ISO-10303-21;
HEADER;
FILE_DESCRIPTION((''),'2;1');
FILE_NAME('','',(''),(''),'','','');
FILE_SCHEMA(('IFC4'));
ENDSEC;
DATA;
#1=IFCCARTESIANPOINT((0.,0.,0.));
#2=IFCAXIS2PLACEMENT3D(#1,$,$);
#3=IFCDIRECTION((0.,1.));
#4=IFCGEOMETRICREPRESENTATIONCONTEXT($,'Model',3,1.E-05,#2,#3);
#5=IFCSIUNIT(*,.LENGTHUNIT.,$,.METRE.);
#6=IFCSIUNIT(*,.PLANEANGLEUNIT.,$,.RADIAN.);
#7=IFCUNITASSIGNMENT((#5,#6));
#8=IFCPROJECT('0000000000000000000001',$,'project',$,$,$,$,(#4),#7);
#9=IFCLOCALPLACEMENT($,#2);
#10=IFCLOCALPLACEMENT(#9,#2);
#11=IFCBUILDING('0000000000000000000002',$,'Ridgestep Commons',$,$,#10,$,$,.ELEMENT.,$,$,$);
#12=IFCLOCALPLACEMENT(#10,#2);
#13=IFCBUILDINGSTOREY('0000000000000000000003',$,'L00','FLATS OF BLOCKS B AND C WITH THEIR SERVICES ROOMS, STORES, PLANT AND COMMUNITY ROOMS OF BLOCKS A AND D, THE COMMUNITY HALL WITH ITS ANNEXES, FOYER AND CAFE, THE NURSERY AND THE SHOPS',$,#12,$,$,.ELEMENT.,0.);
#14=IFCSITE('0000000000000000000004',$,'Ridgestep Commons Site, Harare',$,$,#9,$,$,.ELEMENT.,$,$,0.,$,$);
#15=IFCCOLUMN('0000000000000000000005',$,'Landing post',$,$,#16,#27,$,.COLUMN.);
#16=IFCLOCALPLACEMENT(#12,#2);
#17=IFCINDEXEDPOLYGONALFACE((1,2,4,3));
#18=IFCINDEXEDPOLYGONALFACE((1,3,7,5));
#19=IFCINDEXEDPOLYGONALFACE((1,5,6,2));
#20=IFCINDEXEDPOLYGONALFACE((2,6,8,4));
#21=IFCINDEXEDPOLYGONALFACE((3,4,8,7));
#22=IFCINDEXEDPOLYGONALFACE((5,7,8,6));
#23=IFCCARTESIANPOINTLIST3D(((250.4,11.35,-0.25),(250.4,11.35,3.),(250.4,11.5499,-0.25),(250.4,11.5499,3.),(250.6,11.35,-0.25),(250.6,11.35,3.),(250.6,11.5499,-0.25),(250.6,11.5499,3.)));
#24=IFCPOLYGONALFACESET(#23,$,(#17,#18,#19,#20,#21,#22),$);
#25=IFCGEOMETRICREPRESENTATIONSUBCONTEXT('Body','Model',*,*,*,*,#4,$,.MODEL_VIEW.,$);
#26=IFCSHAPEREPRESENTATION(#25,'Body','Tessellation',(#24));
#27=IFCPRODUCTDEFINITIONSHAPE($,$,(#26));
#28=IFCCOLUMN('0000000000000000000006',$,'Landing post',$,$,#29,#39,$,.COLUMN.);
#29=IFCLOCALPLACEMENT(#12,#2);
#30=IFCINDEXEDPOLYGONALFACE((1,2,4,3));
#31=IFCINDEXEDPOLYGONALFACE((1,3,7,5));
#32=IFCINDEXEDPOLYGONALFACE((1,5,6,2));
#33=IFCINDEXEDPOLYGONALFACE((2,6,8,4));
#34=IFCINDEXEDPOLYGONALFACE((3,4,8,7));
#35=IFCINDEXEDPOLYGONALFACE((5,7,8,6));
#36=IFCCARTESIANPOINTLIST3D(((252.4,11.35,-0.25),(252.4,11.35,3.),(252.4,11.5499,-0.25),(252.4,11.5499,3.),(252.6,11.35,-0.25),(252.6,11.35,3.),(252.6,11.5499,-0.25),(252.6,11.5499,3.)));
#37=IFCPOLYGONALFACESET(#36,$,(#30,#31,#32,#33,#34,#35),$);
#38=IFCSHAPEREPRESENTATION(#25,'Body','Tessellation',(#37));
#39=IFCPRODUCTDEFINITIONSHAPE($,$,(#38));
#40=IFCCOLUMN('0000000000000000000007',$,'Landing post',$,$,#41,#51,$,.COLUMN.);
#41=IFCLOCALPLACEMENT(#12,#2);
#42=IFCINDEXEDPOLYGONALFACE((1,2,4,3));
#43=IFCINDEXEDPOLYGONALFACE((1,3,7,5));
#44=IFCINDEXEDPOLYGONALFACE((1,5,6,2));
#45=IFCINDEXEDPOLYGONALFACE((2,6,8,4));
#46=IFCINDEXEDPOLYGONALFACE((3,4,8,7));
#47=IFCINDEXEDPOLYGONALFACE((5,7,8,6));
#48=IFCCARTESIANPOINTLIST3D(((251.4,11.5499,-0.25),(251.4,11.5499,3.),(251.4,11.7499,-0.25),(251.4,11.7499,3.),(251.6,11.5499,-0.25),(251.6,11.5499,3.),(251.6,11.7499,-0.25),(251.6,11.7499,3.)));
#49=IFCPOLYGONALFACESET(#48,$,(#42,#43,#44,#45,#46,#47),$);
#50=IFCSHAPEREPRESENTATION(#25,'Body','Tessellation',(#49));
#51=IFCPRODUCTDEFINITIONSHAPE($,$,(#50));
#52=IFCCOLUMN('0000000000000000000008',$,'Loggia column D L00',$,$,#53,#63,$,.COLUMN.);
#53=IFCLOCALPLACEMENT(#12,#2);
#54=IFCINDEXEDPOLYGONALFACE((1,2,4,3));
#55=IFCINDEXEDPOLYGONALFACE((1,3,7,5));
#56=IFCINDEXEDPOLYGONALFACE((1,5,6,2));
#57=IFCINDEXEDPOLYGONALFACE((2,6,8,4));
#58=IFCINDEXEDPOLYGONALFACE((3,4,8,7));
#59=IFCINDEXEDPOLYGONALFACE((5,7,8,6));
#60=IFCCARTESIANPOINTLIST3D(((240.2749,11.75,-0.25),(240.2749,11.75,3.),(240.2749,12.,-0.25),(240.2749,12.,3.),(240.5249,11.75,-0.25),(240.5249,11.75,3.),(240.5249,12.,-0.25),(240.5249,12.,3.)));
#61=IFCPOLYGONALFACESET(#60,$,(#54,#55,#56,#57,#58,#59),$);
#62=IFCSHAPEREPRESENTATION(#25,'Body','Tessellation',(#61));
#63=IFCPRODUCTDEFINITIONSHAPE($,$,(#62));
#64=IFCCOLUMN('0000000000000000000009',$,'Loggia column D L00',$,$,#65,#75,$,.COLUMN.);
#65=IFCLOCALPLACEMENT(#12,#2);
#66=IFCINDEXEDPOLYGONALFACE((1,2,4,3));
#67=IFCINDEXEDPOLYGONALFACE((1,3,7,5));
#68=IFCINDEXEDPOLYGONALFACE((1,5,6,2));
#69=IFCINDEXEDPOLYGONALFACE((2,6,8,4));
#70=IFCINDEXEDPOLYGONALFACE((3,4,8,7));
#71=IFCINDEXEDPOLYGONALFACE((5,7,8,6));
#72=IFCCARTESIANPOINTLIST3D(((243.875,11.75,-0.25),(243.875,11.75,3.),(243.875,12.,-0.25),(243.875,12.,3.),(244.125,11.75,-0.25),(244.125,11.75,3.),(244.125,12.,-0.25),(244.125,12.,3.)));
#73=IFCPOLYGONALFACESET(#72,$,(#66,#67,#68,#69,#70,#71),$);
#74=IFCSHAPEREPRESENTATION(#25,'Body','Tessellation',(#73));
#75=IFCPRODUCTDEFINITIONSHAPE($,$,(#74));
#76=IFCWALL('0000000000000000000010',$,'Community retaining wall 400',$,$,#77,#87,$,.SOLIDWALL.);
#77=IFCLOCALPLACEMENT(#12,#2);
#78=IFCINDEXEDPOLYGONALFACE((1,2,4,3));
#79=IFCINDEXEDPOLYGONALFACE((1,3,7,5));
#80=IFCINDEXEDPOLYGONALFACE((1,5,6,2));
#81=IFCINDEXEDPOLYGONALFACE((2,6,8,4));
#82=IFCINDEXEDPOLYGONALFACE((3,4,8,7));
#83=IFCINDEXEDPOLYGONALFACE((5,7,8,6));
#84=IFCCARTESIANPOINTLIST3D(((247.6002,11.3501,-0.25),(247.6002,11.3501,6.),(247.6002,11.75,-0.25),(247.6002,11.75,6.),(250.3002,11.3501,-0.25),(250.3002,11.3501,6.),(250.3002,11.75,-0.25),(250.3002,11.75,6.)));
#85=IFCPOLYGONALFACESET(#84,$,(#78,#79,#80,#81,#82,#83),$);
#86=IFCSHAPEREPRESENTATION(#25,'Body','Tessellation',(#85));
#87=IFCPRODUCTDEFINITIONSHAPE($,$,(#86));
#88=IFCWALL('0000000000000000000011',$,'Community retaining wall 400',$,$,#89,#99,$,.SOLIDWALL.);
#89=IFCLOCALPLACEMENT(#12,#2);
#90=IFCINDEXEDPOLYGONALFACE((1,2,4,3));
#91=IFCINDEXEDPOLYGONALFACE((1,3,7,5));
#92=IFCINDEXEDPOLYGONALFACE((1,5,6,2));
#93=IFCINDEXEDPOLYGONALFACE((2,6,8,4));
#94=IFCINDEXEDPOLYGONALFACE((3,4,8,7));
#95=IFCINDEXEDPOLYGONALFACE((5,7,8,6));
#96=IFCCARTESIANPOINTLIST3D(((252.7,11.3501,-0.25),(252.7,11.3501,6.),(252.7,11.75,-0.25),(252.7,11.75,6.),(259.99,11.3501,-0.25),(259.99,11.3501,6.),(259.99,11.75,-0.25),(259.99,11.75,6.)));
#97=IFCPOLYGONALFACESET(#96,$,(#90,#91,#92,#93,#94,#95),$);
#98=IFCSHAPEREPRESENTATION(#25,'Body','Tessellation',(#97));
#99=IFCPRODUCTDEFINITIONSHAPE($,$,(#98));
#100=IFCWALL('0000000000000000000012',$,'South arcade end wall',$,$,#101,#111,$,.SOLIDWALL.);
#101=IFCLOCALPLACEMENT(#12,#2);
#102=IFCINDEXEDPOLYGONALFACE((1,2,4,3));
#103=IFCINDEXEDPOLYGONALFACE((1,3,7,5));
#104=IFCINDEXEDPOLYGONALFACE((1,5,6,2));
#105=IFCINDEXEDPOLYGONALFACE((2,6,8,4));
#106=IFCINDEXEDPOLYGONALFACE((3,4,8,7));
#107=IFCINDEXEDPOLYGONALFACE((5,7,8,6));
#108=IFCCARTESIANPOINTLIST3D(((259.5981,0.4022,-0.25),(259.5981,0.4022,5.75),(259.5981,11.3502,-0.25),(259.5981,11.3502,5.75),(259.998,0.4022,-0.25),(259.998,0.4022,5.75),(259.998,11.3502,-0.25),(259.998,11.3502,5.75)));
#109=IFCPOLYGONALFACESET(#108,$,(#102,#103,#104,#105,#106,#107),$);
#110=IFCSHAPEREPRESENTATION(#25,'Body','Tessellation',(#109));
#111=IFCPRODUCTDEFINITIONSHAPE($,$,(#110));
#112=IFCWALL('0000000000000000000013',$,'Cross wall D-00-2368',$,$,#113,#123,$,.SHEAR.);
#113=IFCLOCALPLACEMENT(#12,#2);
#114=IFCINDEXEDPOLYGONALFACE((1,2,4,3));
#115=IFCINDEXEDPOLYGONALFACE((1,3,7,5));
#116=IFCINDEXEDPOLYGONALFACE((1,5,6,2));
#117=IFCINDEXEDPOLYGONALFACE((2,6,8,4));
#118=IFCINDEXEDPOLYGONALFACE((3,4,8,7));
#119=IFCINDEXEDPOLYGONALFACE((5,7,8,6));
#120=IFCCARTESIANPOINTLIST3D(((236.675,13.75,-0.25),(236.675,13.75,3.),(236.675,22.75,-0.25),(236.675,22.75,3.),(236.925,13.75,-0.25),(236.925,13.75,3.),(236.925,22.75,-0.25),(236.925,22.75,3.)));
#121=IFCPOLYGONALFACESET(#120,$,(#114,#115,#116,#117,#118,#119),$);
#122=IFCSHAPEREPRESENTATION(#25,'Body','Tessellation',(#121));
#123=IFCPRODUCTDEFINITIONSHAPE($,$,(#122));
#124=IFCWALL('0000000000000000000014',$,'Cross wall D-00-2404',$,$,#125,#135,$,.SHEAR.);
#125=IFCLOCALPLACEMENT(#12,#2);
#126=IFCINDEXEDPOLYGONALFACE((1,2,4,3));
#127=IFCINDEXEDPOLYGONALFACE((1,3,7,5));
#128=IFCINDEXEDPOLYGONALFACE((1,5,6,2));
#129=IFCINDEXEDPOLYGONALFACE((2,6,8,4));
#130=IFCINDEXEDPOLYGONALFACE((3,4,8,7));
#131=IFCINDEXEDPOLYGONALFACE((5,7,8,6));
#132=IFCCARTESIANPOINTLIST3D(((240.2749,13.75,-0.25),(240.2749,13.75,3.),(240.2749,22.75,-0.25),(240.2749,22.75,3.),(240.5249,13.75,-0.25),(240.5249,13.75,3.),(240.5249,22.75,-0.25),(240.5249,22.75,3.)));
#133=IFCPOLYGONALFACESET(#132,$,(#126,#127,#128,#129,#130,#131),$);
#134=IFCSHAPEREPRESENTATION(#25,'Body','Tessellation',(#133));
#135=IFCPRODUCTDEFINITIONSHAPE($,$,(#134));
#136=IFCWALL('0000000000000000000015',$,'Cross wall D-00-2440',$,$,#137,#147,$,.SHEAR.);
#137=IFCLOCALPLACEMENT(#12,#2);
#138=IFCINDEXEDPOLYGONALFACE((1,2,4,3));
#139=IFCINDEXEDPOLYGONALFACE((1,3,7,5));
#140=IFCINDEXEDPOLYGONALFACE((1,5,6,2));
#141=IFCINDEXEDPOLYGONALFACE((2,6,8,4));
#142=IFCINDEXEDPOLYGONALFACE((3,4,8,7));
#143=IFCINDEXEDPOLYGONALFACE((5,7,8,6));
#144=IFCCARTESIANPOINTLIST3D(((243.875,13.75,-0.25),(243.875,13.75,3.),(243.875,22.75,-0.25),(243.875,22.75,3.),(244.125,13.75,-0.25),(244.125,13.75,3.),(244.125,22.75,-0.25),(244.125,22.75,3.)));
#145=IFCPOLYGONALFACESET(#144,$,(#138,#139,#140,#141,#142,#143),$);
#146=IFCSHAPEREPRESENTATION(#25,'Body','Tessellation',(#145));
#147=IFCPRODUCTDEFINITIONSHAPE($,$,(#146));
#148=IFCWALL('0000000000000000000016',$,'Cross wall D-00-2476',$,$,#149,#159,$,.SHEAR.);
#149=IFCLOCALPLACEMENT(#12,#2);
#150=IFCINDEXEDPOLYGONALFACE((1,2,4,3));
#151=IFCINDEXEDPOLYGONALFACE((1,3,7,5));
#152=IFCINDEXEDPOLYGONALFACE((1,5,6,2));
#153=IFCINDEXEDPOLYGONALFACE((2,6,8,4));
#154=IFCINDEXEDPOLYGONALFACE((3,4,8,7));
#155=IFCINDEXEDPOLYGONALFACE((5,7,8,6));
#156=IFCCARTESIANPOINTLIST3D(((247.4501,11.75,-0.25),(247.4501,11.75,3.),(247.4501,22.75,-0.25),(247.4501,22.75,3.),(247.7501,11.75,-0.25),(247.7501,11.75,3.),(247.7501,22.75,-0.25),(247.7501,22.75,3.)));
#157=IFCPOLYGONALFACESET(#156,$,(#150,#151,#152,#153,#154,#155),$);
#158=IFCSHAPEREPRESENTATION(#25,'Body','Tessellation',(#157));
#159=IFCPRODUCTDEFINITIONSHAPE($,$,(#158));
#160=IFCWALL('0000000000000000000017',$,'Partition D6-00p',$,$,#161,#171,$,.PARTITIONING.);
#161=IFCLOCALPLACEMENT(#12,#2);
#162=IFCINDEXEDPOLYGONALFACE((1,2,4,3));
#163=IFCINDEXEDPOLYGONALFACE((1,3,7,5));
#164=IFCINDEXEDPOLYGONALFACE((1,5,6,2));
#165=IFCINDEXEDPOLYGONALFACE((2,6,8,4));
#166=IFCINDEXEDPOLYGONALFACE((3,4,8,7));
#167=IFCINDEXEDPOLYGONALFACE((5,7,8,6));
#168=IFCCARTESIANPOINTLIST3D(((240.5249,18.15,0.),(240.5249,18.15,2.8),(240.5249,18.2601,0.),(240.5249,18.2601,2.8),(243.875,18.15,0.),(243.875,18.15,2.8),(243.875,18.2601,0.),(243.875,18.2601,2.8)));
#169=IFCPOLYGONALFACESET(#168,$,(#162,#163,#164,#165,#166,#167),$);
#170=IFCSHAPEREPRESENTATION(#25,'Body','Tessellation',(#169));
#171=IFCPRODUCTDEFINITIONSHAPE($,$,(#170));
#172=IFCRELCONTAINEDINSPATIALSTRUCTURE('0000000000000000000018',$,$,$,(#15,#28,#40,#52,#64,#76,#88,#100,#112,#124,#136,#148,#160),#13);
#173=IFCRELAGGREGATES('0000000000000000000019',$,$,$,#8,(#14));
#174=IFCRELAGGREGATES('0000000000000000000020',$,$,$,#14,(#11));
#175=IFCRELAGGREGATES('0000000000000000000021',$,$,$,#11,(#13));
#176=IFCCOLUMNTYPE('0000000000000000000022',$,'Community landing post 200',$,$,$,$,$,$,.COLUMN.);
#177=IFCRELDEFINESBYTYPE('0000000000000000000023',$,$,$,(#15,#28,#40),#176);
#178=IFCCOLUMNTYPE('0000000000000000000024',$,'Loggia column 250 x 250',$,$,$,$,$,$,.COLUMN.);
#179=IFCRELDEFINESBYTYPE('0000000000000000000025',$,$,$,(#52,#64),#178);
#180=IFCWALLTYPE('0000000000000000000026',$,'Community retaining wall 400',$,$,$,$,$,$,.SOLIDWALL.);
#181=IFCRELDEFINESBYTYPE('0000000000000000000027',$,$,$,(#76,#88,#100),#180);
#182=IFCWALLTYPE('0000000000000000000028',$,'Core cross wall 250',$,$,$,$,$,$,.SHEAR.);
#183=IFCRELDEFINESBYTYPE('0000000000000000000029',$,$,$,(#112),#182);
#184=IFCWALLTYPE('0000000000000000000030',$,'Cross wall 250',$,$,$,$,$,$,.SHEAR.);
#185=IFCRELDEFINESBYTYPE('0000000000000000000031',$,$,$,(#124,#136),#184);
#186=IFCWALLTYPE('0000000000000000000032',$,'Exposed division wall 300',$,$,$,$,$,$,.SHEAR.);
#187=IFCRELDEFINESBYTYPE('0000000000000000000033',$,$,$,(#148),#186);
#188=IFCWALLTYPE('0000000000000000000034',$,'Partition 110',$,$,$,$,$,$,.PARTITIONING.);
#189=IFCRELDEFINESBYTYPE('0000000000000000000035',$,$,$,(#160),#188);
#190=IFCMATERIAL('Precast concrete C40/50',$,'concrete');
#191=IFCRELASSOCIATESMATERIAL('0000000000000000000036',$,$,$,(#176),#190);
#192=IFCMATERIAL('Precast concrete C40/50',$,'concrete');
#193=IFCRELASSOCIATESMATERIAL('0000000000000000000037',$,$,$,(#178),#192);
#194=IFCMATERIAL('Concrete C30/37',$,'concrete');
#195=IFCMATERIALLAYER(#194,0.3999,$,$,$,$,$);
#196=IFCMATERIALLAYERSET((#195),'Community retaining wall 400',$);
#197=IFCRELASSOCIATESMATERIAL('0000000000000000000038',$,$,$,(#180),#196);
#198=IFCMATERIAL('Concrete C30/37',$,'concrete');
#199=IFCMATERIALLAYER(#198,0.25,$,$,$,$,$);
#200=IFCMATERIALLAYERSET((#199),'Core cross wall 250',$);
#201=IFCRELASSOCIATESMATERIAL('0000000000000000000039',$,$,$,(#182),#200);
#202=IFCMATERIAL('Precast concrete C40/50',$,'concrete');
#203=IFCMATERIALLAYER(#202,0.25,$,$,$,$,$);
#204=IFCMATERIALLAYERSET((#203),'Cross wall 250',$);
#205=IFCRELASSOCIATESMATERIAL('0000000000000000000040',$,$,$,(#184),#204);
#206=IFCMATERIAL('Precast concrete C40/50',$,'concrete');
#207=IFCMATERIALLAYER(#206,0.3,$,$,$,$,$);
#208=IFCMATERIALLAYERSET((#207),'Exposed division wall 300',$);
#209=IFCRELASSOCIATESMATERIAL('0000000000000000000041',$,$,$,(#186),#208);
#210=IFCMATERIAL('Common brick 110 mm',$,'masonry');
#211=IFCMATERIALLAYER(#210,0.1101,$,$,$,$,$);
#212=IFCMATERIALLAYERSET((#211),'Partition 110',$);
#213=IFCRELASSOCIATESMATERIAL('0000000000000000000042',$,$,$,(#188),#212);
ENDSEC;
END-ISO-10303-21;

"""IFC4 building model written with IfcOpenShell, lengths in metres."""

from ifc_helpers import new_model, si_unit, direction, frame, frame_2d, origin, origin_2d, place, context, subcontext, project, spatial, rectangle, extrude, material, layer, layer_set, material_profile, profile_set, type_object, element, save


model = new_model("IFC4")

# Units and contexts
model_context = context("Model", 3, precision=1e-05, world=origin(), true_north=direction((0.0, 1.0)))
body_context = subcontext(model_context, "Body", "Model", "MODEL_VIEW")
ifc_project = project(units=[si_unit("LENGTHUNIT", "METRE"), si_unit("PLANEANGLEUNIT", "RADIAN")], contexts=[model_context])

# Site, building, storey
site_placement = place(None, origin())
site = spatial("IfcSite", under=ifc_project, at=site_placement, Name="Ridgestep Commons Site, Harare", CompositionType="ELEMENT", RefElevation=0.0)
building_placement = place(site_placement, origin())
building = spatial("IfcBuilding", under=site, at=building_placement, Name="Ridgestep Commons", CompositionType="ELEMENT")
storey_placement = place(building_placement, origin())
storey = spatial("IfcBuildingStorey", under=building, at=storey_placement, Name="L00", Description="FLATS OF BLOCKS B AND C WITH THEIR SERVICES ROOMS, STORES, PLANT AND COMMUNITY ROOMS OF BLOCKS A AND D, THE COMMUNITY HALL WITH ITS ANNEXES, FOYER AND CAFE, THE NURSERY AND THE SHOPS", CompositionType="ELEMENT", Elevation=0.0)

# Columns
ifc_material_1 = material(Name="Precast concrete C40/50", Category="concrete")
ifc_material_profile_1 = material_profile(ifc_material_1, rectangle(XDim=0.2, YDim=0.2, at=origin_2d()), Name="Community landing post 200")
ifc_profile_set_1 = profile_set([ifc_material_profile_1], Name="Precast concrete C40/50")
column_type_1 = type_object("IfcColumnType", Name="Community landing post 200", PredefinedType="COLUMN", material=ifc_profile_set_1)
for number, where, z_axis, x_axis, name in (
    (1, (250.5, 11.45, -0.25), (0.0, 0.0, 1.0), (1.0, 0.0, 0.0), "Landing post"),
    (2, (252.5, 11.45, -0.25), (0.0, 0.0, 1.0), (1.0, 0.0, 0.0), "Landing post"),
    (3, (251.5, 11.6499, -0.25), (0.0, 0.0, 1.0), (1.0, 0.0, 0.0), "Landing post"),
):
    element("IfcColumn", number, at=place(storey_placement, frame(where, z_axis=z_axis, x_axis=x_axis)), inside=storey, type_object=column_type_1, Name=name, PredefinedType="COLUMN", context=body_context, shape_type="SweptSolid", body=[
        extrude(rectangle(XDim=0.2, YDim=0.2, at=origin_2d()), origin(), (0.0, 0.0, 1.0), 3.25),
    ])
ifc_material_2 = material(Name="Precast concrete C40/50", Category="concrete")
ifc_material_profile_2 = material_profile(ifc_material_2, rectangle(XDim=0.25, YDim=0.25, at=origin_2d()), Name="PC 250x250")
ifc_profile_set_2 = profile_set([ifc_material_profile_2], Name="Precast concrete C40/50")
column_type_2 = type_object("IfcColumnType", Name="Loggia column 250 x 250", PredefinedType="COLUMN", material=ifc_profile_set_2)
for number, where, z_axis, x_axis, name in (
    (4, (240.3999, 11.875, -0.25), (0.0, 0.0, 1.0), (1.0, 0.0, 0.0), "Loggia column D L00"),
    (5, (244.0, 11.875, -0.25), (0.0, 0.0, 1.0), (1.0, 0.0, 0.0), "Loggia column D L00"),
):
    element("IfcColumn", number, at=place(storey_placement, frame(where, z_axis=z_axis, x_axis=x_axis)), inside=storey, type_object=column_type_2, Name=name, PredefinedType="COLUMN", context=body_context, shape_type="SweptSolid", body=[
        extrude(rectangle(XDim=0.25, YDim=0.25, at=origin_2d()), origin(), (0.0, 0.0, 1.0), 3.25),
    ])

# Walls
ifc_material_3 = material(Name="Concrete C30/37", Category="concrete")
ifc_layer_1 = layer(ifc_material_3, 0.3999)
ifc_layer_set_1 = layer_set([ifc_layer_1], Name="Community retaining wall 400")
wall_type_1 = type_object("IfcWallType", Name="Community retaining wall 400", PredefinedType="SOLIDWALL", material=ifc_layer_set_1)
wall_1_placement = place(storey_placement, frame((247.6001, 11.55, -0.25), z_axis=(0.0, 0.0, 1.0), x_axis=(1.0, 0.0, 0.0)))
element("IfcWall", 6, at=wall_1_placement, inside=storey, type_object=wall_type_1, Name="Community retaining wall 400", PredefinedType="SOLIDWALL", context=body_context, shape_type="SweptSolid", body=[
    extrude(rectangle(XDim=2.7, YDim=0.3999, at=frame_2d((1.3501, 0.0))), origin(), (0.0, 0.0, 1.0), 6.25),
])
wall_2_placement = place(storey_placement, frame((252.7, 11.55, -0.25), z_axis=(0.0, 0.0, 1.0), x_axis=(1.0, 0.0, 0.0)))
element("IfcWall", 7, at=wall_2_placement, inside=storey, type_object=wall_type_1, Name="Community retaining wall 400", PredefinedType="SOLIDWALL", context=body_context, shape_type="SweptSolid", body=[
    extrude(rectangle(XDim=7.29, YDim=0.3999, at=frame_2d((3.645, 0.0))), origin(), (0.0, 0.0, 1.0), 6.25),
])
wall_3_placement = place(storey_placement, frame((259.7981, 0.4021, -0.25), z_axis=(0.0, 0.0, 1.0), x_axis=(0.0, 1.0, 0.0)))
element("IfcWall", 8, at=wall_3_placement, inside=storey, type_object=wall_type_1, Name="South arcade end wall", PredefinedType="SOLIDWALL", context=body_context, shape_type="SweptSolid", body=[
    extrude(rectangle(XDim=10.948, YDim=0.3999, at=frame_2d((5.4741, 0.0))), origin(), (0.0, 0.0, 1.0), 6.0),
])
ifc_material_4 = material(Name="Concrete C30/37", Category="concrete")
ifc_layer_2 = layer(ifc_material_4, 0.25)
ifc_layer_set_2 = layer_set([ifc_layer_2], Name="Core cross wall 250")
wall_type_2 = type_object("IfcWallType", Name="Core cross wall 250", PredefinedType="SHEAR", material=ifc_layer_set_2)
wall_4_placement = place(storey_placement, frame((236.8, 13.75, -0.25), z_axis=(0.0, 0.0, 1.0), x_axis=(0.0, 1.0, 0.0)))
element("IfcWall", 9, at=wall_4_placement, inside=storey, type_object=wall_type_2, Name="Cross wall D-00-2368", PredefinedType="SHEAR", context=body_context, shape_type="SweptSolid", body=[
    extrude(rectangle(XDim=9.0, YDim=0.25, at=frame_2d((4.5, 0.0))), origin(), (0.0, 0.0, 1.0), 3.25),
])
ifc_material_5 = material(Name="Precast concrete C40/50", Category="concrete")
ifc_layer_3 = layer(ifc_material_5, 0.25)
ifc_layer_set_3 = layer_set([ifc_layer_3], Name="Cross wall 250")
wall_type_3 = type_object("IfcWallType", Name="Cross wall 250", PredefinedType="SHEAR", material=ifc_layer_set_3)
for number, where, z_axis, x_axis, name in (
    (10, (240.3999, 13.75, -0.25), (0.0, 0.0, 1.0), (0.0, 1.0, 0.0), "Cross wall D-00-2404"),
    (11, (244.0, 13.75, -0.25), (0.0, 0.0, 1.0), (0.0, 1.0, 0.0), "Cross wall D-00-2440"),
):
    element("IfcWall", number, at=place(storey_placement, frame(where, z_axis=z_axis, x_axis=x_axis)), inside=storey, type_object=wall_type_3, Name=name, PredefinedType="SHEAR", context=body_context, shape_type="SweptSolid", body=[
        extrude(rectangle(XDim=9.0, YDim=0.25, at=frame_2d((4.5, 0.0))), origin(), (0.0, 0.0, 1.0), 3.25),
    ])
ifc_material_6 = material(Name="Precast concrete C40/50", Category="concrete")
ifc_layer_4 = layer(ifc_material_6, 0.3)
ifc_layer_set_4 = layer_set([ifc_layer_4], Name="Exposed division wall 300")
wall_type_4 = type_object("IfcWallType", Name="Exposed division wall 300", PredefinedType="SHEAR", material=ifc_layer_set_4)
wall_5_placement = place(storey_placement, frame((247.6001, 11.75, -0.25), z_axis=(0.0, 0.0, 1.0), x_axis=(0.0, 1.0, 0.0)))
element("IfcWall", 12, at=wall_5_placement, inside=storey, type_object=wall_type_4, Name="Cross wall D-00-2476", PredefinedType="SHEAR", context=body_context, shape_type="SweptSolid", body=[
    extrude(rectangle(XDim=11.0, YDim=0.3, at=frame_2d((5.5, 0.0))), origin(), (0.0, 0.0, 1.0), 3.25),
])
ifc_material_7 = material(Name="Common brick 110 mm", Category="masonry")
ifc_layer_5 = layer(ifc_material_7, 0.1101)
ifc_layer_set_5 = layer_set([ifc_layer_5], Name="Partition 110")
wall_type_5 = type_object("IfcWallType", Name="Partition 110", PredefinedType="PARTITIONING", material=ifc_layer_set_5)
wall_6_placement = place(storey_placement, frame((240.5249, 18.2051, 0.0), z_axis=(0.0, 0.0, 1.0), x_axis=(1.0, 0.0, 0.0)))
element("IfcWall", 13, at=wall_6_placement, inside=storey, type_object=wall_type_5, Name="Partition D6-00p", PredefinedType="PARTITIONING", context=body_context, shape_type="SweptSolid", body=[
    extrude(rectangle(XDim=3.3501, YDim=0.1101, at=frame_2d((1.675, 0.0))), origin(), (0.0, 0.0, 1.0), 2.8),
])

save(model, "model.ifc")
